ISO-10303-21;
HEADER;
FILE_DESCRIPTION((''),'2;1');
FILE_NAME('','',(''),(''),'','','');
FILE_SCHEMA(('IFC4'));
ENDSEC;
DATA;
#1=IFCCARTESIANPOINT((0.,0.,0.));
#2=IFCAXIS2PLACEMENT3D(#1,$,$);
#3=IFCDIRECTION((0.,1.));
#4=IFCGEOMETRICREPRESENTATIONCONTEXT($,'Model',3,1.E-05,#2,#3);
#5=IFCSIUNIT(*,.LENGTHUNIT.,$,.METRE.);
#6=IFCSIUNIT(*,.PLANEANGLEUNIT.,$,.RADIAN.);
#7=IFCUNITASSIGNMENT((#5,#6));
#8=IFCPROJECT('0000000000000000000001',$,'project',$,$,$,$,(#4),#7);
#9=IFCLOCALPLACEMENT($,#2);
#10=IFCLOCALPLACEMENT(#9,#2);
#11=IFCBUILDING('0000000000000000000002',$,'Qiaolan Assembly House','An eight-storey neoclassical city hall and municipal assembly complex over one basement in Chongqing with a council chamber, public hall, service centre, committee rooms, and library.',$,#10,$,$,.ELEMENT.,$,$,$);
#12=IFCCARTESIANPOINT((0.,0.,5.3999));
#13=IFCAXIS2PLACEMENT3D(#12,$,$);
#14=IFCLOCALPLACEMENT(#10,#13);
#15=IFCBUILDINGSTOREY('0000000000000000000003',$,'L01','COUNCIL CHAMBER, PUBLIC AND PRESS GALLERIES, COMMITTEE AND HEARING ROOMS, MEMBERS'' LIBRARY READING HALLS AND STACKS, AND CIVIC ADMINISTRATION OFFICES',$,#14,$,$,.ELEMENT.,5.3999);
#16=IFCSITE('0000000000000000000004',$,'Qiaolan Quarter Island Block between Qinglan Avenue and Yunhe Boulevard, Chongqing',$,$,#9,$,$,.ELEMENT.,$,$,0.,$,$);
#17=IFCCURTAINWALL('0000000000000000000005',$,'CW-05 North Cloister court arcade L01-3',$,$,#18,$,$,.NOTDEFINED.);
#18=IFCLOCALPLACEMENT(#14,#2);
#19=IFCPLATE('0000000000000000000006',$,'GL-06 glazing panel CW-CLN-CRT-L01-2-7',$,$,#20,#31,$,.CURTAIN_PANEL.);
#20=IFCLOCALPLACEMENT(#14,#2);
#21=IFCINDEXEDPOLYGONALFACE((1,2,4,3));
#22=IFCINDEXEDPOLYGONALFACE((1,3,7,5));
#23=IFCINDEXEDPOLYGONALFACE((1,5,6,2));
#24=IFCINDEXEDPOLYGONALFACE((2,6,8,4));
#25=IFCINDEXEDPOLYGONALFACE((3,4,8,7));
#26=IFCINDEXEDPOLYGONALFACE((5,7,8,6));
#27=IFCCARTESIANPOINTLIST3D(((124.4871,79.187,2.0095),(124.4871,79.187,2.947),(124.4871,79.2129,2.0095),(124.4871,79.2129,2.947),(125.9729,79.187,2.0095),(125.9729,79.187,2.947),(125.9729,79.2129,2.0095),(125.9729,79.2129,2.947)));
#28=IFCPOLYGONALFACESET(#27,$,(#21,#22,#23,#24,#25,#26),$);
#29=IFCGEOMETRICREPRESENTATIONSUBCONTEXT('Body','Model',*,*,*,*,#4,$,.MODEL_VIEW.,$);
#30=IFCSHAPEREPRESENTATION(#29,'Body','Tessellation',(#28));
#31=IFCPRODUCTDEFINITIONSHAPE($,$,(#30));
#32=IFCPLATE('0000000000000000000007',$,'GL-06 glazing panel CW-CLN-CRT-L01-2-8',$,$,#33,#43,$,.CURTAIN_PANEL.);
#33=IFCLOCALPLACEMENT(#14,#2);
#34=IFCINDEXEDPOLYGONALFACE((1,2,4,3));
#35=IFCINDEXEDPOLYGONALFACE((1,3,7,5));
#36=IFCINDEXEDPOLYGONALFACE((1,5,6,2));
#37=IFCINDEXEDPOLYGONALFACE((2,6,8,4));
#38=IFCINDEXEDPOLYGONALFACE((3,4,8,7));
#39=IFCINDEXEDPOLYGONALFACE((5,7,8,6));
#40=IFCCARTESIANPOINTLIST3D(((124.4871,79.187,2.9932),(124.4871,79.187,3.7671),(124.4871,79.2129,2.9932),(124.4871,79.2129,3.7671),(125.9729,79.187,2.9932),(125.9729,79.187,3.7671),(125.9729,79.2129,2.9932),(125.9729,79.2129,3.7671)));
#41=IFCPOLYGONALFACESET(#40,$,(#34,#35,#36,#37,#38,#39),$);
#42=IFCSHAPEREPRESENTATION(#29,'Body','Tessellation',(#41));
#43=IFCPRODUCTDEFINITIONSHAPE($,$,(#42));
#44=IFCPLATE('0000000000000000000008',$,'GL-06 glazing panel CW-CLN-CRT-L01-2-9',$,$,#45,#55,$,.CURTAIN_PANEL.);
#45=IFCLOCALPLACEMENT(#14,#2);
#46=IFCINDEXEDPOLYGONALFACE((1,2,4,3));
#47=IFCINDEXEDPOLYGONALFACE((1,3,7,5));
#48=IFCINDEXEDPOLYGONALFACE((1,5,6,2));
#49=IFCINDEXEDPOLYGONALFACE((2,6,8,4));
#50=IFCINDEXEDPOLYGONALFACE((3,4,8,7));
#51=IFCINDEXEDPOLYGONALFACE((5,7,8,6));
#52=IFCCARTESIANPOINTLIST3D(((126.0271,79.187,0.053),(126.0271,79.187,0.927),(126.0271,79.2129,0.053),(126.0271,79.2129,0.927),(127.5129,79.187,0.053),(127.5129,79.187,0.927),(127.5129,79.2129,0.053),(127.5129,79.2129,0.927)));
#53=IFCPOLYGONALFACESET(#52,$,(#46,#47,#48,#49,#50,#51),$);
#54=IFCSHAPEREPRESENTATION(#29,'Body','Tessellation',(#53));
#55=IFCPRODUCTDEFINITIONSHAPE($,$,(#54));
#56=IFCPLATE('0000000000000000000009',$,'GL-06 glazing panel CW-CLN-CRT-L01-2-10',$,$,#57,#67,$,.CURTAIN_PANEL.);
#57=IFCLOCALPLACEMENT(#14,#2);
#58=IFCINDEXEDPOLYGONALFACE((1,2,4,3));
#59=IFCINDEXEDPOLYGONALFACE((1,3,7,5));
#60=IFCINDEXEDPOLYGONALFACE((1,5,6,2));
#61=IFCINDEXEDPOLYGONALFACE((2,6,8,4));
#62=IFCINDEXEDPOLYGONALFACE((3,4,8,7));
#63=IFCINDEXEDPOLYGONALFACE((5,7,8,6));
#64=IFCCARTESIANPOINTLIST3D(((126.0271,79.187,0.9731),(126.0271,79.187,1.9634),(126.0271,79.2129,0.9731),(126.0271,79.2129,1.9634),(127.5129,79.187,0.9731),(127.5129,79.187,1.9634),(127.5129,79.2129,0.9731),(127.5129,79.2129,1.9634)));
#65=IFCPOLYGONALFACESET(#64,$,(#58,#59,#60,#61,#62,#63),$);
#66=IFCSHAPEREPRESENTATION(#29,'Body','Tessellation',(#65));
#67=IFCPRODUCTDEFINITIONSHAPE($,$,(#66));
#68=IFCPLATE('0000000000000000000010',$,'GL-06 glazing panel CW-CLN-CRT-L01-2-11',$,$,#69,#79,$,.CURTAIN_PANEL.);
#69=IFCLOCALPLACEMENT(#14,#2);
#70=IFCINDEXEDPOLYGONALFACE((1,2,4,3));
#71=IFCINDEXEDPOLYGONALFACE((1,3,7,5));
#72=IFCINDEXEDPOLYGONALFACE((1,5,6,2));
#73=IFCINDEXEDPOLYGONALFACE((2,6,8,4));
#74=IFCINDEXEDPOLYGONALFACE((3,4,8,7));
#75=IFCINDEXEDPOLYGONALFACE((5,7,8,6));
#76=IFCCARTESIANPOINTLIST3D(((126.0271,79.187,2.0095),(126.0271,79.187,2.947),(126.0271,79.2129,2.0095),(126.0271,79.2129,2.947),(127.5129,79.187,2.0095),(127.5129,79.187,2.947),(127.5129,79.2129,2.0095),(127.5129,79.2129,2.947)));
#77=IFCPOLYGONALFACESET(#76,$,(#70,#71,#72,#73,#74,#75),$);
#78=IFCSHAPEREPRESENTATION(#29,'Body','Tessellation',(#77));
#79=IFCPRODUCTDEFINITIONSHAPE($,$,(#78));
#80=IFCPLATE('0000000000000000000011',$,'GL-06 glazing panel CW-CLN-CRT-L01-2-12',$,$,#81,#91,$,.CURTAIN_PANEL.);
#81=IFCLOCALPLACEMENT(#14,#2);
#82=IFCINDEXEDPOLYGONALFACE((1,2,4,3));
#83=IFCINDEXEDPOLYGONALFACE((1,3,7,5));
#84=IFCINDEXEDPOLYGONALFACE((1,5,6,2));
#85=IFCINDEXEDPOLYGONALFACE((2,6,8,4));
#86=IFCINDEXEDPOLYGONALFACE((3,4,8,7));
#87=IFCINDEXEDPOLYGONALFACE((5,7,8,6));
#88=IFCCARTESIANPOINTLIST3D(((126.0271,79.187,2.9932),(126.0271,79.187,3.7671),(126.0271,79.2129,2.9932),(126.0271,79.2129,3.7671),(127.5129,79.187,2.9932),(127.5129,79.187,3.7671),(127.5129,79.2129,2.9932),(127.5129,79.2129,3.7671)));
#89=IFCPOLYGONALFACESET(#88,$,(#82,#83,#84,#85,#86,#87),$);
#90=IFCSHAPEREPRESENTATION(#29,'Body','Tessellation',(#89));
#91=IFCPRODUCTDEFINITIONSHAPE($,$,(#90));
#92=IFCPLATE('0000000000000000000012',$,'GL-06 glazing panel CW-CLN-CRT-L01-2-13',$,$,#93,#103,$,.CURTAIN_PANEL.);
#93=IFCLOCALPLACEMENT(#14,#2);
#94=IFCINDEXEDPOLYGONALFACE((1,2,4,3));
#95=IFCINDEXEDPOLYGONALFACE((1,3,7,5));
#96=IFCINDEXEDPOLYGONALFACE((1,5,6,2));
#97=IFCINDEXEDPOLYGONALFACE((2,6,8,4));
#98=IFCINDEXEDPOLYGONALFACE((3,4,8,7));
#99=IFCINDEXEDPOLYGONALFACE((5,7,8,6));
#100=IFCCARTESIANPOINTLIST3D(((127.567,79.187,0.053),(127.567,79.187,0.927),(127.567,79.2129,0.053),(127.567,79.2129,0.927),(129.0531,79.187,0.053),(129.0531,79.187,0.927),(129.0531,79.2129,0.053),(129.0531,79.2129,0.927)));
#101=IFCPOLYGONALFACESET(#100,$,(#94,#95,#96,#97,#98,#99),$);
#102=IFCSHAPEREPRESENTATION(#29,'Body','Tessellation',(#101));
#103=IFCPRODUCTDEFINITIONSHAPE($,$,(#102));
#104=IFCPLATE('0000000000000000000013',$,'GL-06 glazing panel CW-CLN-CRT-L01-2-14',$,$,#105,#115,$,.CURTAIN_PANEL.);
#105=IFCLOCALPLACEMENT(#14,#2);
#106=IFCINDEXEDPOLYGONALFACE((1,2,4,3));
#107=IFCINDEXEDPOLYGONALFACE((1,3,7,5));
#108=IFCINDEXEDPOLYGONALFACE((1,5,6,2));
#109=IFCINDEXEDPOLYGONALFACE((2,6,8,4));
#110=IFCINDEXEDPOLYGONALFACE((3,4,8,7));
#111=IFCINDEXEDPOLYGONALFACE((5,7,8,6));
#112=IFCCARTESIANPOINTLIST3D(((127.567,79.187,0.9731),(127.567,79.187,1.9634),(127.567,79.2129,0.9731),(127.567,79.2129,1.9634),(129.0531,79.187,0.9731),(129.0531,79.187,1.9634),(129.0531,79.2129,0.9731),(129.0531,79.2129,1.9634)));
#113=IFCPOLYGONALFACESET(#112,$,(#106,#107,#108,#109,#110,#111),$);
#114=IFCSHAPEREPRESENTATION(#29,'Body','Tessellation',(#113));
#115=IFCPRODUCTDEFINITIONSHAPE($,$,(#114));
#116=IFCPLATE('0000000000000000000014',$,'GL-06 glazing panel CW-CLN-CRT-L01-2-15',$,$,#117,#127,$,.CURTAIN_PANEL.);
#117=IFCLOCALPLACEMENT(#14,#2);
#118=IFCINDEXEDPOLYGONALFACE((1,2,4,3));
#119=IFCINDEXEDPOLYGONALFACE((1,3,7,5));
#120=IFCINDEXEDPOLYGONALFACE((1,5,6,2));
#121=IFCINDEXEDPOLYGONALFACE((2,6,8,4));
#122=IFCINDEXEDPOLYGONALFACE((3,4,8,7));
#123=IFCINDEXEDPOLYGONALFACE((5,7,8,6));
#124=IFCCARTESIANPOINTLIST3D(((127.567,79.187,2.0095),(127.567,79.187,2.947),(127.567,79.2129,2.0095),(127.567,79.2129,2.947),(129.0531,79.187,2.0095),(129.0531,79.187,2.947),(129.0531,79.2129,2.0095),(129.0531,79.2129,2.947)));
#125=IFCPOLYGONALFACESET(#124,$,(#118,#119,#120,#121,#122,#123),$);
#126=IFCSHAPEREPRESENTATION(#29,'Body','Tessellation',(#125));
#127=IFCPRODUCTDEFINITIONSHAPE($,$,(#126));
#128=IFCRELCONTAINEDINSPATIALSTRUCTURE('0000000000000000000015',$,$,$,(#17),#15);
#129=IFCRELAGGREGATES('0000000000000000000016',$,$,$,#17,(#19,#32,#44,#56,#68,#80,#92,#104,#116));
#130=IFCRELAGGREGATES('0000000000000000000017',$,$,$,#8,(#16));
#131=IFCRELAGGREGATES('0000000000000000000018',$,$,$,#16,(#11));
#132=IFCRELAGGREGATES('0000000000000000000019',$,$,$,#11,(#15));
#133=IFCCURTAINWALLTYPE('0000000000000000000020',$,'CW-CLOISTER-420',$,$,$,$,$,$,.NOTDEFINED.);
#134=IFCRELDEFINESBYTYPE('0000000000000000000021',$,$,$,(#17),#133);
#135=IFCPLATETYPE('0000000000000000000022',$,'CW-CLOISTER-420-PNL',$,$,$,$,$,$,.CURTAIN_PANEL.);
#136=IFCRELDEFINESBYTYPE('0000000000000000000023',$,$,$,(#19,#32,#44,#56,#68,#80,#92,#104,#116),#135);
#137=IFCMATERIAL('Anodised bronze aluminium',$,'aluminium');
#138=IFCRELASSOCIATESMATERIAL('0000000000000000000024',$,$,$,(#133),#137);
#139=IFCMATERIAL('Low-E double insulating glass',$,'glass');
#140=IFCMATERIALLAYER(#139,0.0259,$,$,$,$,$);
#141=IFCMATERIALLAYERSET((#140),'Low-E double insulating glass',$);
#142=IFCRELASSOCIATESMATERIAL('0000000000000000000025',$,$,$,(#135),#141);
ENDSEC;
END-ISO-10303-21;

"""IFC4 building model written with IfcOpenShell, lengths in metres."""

from ifc_helpers import new_model, si_unit, direction, frame, frame_2d, origin, place, context, subcontext, project, spatial, rectangle, extrude, material, layer, layer_set, type_object, element, aggregate, save


model = new_model("IFC4")

# Units and contexts
model_context = context("Model", 3, precision=1e-05, world=origin(), true_north=direction((0.0, 1.0)))
body_context = subcontext(model_context, "Body", "Model", "MODEL_VIEW")
ifc_project = project(units=[si_unit("LENGTHUNIT", "METRE"), si_unit("PLANEANGLEUNIT", "RADIAN")], contexts=[model_context])

# Site, building, storey
site_placement = place(None, origin())
site = spatial("IfcSite", under=ifc_project, at=site_placement, Name="Qiaolan Quarter Island Block between Qinglan Avenue and Yunhe Boulevard, Chongqing", CompositionType="ELEMENT", RefElevation=0.0)
building_placement = place(site_placement, origin())
building = spatial("IfcBuilding", under=site, at=building_placement, Name="Qiaolan Assembly House", Description="An eight-storey neoclassical city hall and municipal assembly complex over one basement in Chongqing with a council chamber, public hall, service centre, committee rooms, and library.", CompositionType="ELEMENT")
storey_placement = place(building_placement, frame((0.0, 0.0, 5.3999)))
storey = spatial("IfcBuildingStorey", under=building, at=storey_placement, Name="L01", Description="COUNCIL CHAMBER, PUBLIC AND PRESS GALLERIES, COMMITTEE AND HEARING ROOMS, MEMBERS' LIBRARY READING HALLS AND STACKS, AND CIVIC ADMINISTRATION OFFICES", CompositionType="ELEMENT", Elevation=5.3999)

# Curtain wall, plates
ifc_material_1 = material(Name="Anodised bronze aluminium", Category="aluminium")
curtain_wall_type = type_object("IfcCurtainWallType", Name="CW-CLOISTER-420", PredefinedType="NOTDEFINED", material=ifc_material_1)
curtain_wall_placement = place(storey_placement, origin())
curtain_wall = element("IfcCurtainWall", 1, at=curtain_wall_placement, inside=storey, type_object=curtain_wall_type, Name="CW-05 North Cloister court arcade L01-3", PredefinedType="NOTDEFINED")
ifc_material_2 = material(Name="Low-E double insulating glass", Category="glass")
ifc_layer = layer(ifc_material_2, 0.0259)
ifc_layer_set = layer_set([ifc_layer], Name="Low-E double insulating glass")
plate_type = type_object("IfcPlateType", Name="CW-CLOISTER-420-PNL", PredefinedType="CURTAIN_PANEL", material=ifc_layer_set)
plate_1_placement = place(storey_placement, frame((124.4871, 79.2, 2.0095), z_axis=(0.0, 0.0, 1.0), x_axis=(1.0, 0.0, 0.0)))
plate_1 = element("IfcPlate", 2, at=plate_1_placement, type_object=plate_type, Name="GL-06 glazing panel CW-CLN-CRT-L01-2-7", PredefinedType="CURTAIN_PANEL", context=body_context, shape_type="SweptSolid", body=[
    extrude(rectangle(XDim=1.4858, YDim=0.0259, at=frame_2d((0.7429, 0.0))), origin(), (0.0, 0.0, 1.0), 0.9375),
])
plate_2_placement = place(storey_placement, frame((124.4871, 79.2, 2.9932), z_axis=(0.0, 0.0, 1.0), x_axis=(1.0, 0.0, 0.0)))
plate_2 = element("IfcPlate", 3, at=plate_2_placement, type_object=plate_type, Name="GL-06 glazing panel CW-CLN-CRT-L01-2-8", PredefinedType="CURTAIN_PANEL", context=body_context, shape_type="SweptSolid", body=[
    extrude(rectangle(XDim=1.4858, YDim=0.0259, at=frame_2d((0.7429, 0.0))), origin(), (0.0, 0.0, 1.0), 0.7739),
])
plate_3_placement = place(storey_placement, frame((126.0271, 79.2, 0.053), z_axis=(0.0, 0.0, 1.0), x_axis=(1.0, 0.0, 0.0)))
plate_3 = element("IfcPlate", 4, at=plate_3_placement, type_object=plate_type, Name="GL-06 glazing panel CW-CLN-CRT-L01-2-9", PredefinedType="CURTAIN_PANEL", context=body_context, shape_type="SweptSolid", body=[
    extrude(rectangle(XDim=1.4858, YDim=0.0259, at=frame_2d((0.7429, 0.0))), origin(), (0.0, 0.0, 1.0), 0.874),
])
plate_4_placement = place(storey_placement, frame((126.0271, 79.2, 0.9731), z_axis=(0.0, 0.0, 1.0), x_axis=(1.0, 0.0, 0.0)))
plate_4 = element("IfcPlate", 5, at=plate_4_placement, type_object=plate_type, Name="GL-06 glazing panel CW-CLN-CRT-L01-2-10", PredefinedType="CURTAIN_PANEL", context=body_context, shape_type="SweptSolid", body=[
    extrude(rectangle(XDim=1.4858, YDim=0.0259, at=frame_2d((0.7429, 0.0))), origin(), (0.0, 0.0, 1.0), 0.9902),
])
plate_5_placement = place(storey_placement, frame((126.0271, 79.2, 2.0095), z_axis=(0.0, 0.0, 1.0), x_axis=(1.0, 0.0, 0.0)))
plate_5 = element("IfcPlate", 6, at=plate_5_placement, type_object=plate_type, Name="GL-06 glazing panel CW-CLN-CRT-L01-2-11", PredefinedType="CURTAIN_PANEL", context=body_context, shape_type="SweptSolid", body=[
    extrude(rectangle(XDim=1.4858, YDim=0.0259, at=frame_2d((0.7429, 0.0))), origin(), (0.0, 0.0, 1.0), 0.9375),
])
plate_6_placement = place(storey_placement, frame((126.0271, 79.2, 2.9932), z_axis=(0.0, 0.0, 1.0), x_axis=(1.0, 0.0, 0.0)))
plate_6 = element("IfcPlate", 7, at=plate_6_placement, type_object=plate_type, Name="GL-06 glazing panel CW-CLN-CRT-L01-2-12", PredefinedType="CURTAIN_PANEL", context=body_context, shape_type="SweptSolid", body=[
    extrude(rectangle(XDim=1.4858, YDim=0.0259, at=frame_2d((0.7429, 0.0))), origin(), (0.0, 0.0, 1.0), 0.7739),
])
plate_7_placement = place(storey_placement, frame((127.5669, 79.2, 0.053), z_axis=(0.0, 0.0, 1.0), x_axis=(1.0, 0.0, 0.0)))
plate_7 = element("IfcPlate", 8, at=plate_7_placement, type_object=plate_type, Name="GL-06 glazing panel CW-CLN-CRT-L01-2-13", PredefinedType="CURTAIN_PANEL", context=body_context, shape_type="SweptSolid", body=[
    extrude(rectangle(XDim=1.4861, YDim=0.0259, at=frame_2d((0.7432, 0.0))), origin(), (0.0, 0.0, 1.0), 0.874),
])
plate_8_placement = place(storey_placement, frame((127.5669, 79.2, 0.9731), z_axis=(0.0, 0.0, 1.0), x_axis=(1.0, 0.0, 0.0)))
plate_8 = element("IfcPlate", 9, at=plate_8_placement, type_object=plate_type, Name="GL-06 glazing panel CW-CLN-CRT-L01-2-14", PredefinedType="CURTAIN_PANEL", context=body_context, shape_type="SweptSolid", body=[
    extrude(rectangle(XDim=1.4861, YDim=0.0259, at=frame_2d((0.7432, 0.0))), origin(), (0.0, 0.0, 1.0), 0.9902),
])
plate_9_placement = place(storey_placement, frame((127.5669, 79.2, 2.0095), z_axis=(0.0, 0.0, 1.0), x_axis=(1.0, 0.0, 0.0)))
plate_9 = element("IfcPlate", 10, at=plate_9_placement, type_object=plate_type, Name="GL-06 glazing panel CW-CLN-CRT-L01-2-15", PredefinedType="CURTAIN_PANEL", context=body_context, shape_type="SweptSolid", body=[
    extrude(rectangle(XDim=1.4861, YDim=0.0259, at=frame_2d((0.7432, 0.0))), origin(), (0.0, 0.0, 1.0), 0.9375),
])
aggregate(curtain_wall, [plate_1, plate_2, plate_3, plate_4, plate_5, plate_6, plate_7, plate_8, plate_9])

save(model, "model.ifc")
